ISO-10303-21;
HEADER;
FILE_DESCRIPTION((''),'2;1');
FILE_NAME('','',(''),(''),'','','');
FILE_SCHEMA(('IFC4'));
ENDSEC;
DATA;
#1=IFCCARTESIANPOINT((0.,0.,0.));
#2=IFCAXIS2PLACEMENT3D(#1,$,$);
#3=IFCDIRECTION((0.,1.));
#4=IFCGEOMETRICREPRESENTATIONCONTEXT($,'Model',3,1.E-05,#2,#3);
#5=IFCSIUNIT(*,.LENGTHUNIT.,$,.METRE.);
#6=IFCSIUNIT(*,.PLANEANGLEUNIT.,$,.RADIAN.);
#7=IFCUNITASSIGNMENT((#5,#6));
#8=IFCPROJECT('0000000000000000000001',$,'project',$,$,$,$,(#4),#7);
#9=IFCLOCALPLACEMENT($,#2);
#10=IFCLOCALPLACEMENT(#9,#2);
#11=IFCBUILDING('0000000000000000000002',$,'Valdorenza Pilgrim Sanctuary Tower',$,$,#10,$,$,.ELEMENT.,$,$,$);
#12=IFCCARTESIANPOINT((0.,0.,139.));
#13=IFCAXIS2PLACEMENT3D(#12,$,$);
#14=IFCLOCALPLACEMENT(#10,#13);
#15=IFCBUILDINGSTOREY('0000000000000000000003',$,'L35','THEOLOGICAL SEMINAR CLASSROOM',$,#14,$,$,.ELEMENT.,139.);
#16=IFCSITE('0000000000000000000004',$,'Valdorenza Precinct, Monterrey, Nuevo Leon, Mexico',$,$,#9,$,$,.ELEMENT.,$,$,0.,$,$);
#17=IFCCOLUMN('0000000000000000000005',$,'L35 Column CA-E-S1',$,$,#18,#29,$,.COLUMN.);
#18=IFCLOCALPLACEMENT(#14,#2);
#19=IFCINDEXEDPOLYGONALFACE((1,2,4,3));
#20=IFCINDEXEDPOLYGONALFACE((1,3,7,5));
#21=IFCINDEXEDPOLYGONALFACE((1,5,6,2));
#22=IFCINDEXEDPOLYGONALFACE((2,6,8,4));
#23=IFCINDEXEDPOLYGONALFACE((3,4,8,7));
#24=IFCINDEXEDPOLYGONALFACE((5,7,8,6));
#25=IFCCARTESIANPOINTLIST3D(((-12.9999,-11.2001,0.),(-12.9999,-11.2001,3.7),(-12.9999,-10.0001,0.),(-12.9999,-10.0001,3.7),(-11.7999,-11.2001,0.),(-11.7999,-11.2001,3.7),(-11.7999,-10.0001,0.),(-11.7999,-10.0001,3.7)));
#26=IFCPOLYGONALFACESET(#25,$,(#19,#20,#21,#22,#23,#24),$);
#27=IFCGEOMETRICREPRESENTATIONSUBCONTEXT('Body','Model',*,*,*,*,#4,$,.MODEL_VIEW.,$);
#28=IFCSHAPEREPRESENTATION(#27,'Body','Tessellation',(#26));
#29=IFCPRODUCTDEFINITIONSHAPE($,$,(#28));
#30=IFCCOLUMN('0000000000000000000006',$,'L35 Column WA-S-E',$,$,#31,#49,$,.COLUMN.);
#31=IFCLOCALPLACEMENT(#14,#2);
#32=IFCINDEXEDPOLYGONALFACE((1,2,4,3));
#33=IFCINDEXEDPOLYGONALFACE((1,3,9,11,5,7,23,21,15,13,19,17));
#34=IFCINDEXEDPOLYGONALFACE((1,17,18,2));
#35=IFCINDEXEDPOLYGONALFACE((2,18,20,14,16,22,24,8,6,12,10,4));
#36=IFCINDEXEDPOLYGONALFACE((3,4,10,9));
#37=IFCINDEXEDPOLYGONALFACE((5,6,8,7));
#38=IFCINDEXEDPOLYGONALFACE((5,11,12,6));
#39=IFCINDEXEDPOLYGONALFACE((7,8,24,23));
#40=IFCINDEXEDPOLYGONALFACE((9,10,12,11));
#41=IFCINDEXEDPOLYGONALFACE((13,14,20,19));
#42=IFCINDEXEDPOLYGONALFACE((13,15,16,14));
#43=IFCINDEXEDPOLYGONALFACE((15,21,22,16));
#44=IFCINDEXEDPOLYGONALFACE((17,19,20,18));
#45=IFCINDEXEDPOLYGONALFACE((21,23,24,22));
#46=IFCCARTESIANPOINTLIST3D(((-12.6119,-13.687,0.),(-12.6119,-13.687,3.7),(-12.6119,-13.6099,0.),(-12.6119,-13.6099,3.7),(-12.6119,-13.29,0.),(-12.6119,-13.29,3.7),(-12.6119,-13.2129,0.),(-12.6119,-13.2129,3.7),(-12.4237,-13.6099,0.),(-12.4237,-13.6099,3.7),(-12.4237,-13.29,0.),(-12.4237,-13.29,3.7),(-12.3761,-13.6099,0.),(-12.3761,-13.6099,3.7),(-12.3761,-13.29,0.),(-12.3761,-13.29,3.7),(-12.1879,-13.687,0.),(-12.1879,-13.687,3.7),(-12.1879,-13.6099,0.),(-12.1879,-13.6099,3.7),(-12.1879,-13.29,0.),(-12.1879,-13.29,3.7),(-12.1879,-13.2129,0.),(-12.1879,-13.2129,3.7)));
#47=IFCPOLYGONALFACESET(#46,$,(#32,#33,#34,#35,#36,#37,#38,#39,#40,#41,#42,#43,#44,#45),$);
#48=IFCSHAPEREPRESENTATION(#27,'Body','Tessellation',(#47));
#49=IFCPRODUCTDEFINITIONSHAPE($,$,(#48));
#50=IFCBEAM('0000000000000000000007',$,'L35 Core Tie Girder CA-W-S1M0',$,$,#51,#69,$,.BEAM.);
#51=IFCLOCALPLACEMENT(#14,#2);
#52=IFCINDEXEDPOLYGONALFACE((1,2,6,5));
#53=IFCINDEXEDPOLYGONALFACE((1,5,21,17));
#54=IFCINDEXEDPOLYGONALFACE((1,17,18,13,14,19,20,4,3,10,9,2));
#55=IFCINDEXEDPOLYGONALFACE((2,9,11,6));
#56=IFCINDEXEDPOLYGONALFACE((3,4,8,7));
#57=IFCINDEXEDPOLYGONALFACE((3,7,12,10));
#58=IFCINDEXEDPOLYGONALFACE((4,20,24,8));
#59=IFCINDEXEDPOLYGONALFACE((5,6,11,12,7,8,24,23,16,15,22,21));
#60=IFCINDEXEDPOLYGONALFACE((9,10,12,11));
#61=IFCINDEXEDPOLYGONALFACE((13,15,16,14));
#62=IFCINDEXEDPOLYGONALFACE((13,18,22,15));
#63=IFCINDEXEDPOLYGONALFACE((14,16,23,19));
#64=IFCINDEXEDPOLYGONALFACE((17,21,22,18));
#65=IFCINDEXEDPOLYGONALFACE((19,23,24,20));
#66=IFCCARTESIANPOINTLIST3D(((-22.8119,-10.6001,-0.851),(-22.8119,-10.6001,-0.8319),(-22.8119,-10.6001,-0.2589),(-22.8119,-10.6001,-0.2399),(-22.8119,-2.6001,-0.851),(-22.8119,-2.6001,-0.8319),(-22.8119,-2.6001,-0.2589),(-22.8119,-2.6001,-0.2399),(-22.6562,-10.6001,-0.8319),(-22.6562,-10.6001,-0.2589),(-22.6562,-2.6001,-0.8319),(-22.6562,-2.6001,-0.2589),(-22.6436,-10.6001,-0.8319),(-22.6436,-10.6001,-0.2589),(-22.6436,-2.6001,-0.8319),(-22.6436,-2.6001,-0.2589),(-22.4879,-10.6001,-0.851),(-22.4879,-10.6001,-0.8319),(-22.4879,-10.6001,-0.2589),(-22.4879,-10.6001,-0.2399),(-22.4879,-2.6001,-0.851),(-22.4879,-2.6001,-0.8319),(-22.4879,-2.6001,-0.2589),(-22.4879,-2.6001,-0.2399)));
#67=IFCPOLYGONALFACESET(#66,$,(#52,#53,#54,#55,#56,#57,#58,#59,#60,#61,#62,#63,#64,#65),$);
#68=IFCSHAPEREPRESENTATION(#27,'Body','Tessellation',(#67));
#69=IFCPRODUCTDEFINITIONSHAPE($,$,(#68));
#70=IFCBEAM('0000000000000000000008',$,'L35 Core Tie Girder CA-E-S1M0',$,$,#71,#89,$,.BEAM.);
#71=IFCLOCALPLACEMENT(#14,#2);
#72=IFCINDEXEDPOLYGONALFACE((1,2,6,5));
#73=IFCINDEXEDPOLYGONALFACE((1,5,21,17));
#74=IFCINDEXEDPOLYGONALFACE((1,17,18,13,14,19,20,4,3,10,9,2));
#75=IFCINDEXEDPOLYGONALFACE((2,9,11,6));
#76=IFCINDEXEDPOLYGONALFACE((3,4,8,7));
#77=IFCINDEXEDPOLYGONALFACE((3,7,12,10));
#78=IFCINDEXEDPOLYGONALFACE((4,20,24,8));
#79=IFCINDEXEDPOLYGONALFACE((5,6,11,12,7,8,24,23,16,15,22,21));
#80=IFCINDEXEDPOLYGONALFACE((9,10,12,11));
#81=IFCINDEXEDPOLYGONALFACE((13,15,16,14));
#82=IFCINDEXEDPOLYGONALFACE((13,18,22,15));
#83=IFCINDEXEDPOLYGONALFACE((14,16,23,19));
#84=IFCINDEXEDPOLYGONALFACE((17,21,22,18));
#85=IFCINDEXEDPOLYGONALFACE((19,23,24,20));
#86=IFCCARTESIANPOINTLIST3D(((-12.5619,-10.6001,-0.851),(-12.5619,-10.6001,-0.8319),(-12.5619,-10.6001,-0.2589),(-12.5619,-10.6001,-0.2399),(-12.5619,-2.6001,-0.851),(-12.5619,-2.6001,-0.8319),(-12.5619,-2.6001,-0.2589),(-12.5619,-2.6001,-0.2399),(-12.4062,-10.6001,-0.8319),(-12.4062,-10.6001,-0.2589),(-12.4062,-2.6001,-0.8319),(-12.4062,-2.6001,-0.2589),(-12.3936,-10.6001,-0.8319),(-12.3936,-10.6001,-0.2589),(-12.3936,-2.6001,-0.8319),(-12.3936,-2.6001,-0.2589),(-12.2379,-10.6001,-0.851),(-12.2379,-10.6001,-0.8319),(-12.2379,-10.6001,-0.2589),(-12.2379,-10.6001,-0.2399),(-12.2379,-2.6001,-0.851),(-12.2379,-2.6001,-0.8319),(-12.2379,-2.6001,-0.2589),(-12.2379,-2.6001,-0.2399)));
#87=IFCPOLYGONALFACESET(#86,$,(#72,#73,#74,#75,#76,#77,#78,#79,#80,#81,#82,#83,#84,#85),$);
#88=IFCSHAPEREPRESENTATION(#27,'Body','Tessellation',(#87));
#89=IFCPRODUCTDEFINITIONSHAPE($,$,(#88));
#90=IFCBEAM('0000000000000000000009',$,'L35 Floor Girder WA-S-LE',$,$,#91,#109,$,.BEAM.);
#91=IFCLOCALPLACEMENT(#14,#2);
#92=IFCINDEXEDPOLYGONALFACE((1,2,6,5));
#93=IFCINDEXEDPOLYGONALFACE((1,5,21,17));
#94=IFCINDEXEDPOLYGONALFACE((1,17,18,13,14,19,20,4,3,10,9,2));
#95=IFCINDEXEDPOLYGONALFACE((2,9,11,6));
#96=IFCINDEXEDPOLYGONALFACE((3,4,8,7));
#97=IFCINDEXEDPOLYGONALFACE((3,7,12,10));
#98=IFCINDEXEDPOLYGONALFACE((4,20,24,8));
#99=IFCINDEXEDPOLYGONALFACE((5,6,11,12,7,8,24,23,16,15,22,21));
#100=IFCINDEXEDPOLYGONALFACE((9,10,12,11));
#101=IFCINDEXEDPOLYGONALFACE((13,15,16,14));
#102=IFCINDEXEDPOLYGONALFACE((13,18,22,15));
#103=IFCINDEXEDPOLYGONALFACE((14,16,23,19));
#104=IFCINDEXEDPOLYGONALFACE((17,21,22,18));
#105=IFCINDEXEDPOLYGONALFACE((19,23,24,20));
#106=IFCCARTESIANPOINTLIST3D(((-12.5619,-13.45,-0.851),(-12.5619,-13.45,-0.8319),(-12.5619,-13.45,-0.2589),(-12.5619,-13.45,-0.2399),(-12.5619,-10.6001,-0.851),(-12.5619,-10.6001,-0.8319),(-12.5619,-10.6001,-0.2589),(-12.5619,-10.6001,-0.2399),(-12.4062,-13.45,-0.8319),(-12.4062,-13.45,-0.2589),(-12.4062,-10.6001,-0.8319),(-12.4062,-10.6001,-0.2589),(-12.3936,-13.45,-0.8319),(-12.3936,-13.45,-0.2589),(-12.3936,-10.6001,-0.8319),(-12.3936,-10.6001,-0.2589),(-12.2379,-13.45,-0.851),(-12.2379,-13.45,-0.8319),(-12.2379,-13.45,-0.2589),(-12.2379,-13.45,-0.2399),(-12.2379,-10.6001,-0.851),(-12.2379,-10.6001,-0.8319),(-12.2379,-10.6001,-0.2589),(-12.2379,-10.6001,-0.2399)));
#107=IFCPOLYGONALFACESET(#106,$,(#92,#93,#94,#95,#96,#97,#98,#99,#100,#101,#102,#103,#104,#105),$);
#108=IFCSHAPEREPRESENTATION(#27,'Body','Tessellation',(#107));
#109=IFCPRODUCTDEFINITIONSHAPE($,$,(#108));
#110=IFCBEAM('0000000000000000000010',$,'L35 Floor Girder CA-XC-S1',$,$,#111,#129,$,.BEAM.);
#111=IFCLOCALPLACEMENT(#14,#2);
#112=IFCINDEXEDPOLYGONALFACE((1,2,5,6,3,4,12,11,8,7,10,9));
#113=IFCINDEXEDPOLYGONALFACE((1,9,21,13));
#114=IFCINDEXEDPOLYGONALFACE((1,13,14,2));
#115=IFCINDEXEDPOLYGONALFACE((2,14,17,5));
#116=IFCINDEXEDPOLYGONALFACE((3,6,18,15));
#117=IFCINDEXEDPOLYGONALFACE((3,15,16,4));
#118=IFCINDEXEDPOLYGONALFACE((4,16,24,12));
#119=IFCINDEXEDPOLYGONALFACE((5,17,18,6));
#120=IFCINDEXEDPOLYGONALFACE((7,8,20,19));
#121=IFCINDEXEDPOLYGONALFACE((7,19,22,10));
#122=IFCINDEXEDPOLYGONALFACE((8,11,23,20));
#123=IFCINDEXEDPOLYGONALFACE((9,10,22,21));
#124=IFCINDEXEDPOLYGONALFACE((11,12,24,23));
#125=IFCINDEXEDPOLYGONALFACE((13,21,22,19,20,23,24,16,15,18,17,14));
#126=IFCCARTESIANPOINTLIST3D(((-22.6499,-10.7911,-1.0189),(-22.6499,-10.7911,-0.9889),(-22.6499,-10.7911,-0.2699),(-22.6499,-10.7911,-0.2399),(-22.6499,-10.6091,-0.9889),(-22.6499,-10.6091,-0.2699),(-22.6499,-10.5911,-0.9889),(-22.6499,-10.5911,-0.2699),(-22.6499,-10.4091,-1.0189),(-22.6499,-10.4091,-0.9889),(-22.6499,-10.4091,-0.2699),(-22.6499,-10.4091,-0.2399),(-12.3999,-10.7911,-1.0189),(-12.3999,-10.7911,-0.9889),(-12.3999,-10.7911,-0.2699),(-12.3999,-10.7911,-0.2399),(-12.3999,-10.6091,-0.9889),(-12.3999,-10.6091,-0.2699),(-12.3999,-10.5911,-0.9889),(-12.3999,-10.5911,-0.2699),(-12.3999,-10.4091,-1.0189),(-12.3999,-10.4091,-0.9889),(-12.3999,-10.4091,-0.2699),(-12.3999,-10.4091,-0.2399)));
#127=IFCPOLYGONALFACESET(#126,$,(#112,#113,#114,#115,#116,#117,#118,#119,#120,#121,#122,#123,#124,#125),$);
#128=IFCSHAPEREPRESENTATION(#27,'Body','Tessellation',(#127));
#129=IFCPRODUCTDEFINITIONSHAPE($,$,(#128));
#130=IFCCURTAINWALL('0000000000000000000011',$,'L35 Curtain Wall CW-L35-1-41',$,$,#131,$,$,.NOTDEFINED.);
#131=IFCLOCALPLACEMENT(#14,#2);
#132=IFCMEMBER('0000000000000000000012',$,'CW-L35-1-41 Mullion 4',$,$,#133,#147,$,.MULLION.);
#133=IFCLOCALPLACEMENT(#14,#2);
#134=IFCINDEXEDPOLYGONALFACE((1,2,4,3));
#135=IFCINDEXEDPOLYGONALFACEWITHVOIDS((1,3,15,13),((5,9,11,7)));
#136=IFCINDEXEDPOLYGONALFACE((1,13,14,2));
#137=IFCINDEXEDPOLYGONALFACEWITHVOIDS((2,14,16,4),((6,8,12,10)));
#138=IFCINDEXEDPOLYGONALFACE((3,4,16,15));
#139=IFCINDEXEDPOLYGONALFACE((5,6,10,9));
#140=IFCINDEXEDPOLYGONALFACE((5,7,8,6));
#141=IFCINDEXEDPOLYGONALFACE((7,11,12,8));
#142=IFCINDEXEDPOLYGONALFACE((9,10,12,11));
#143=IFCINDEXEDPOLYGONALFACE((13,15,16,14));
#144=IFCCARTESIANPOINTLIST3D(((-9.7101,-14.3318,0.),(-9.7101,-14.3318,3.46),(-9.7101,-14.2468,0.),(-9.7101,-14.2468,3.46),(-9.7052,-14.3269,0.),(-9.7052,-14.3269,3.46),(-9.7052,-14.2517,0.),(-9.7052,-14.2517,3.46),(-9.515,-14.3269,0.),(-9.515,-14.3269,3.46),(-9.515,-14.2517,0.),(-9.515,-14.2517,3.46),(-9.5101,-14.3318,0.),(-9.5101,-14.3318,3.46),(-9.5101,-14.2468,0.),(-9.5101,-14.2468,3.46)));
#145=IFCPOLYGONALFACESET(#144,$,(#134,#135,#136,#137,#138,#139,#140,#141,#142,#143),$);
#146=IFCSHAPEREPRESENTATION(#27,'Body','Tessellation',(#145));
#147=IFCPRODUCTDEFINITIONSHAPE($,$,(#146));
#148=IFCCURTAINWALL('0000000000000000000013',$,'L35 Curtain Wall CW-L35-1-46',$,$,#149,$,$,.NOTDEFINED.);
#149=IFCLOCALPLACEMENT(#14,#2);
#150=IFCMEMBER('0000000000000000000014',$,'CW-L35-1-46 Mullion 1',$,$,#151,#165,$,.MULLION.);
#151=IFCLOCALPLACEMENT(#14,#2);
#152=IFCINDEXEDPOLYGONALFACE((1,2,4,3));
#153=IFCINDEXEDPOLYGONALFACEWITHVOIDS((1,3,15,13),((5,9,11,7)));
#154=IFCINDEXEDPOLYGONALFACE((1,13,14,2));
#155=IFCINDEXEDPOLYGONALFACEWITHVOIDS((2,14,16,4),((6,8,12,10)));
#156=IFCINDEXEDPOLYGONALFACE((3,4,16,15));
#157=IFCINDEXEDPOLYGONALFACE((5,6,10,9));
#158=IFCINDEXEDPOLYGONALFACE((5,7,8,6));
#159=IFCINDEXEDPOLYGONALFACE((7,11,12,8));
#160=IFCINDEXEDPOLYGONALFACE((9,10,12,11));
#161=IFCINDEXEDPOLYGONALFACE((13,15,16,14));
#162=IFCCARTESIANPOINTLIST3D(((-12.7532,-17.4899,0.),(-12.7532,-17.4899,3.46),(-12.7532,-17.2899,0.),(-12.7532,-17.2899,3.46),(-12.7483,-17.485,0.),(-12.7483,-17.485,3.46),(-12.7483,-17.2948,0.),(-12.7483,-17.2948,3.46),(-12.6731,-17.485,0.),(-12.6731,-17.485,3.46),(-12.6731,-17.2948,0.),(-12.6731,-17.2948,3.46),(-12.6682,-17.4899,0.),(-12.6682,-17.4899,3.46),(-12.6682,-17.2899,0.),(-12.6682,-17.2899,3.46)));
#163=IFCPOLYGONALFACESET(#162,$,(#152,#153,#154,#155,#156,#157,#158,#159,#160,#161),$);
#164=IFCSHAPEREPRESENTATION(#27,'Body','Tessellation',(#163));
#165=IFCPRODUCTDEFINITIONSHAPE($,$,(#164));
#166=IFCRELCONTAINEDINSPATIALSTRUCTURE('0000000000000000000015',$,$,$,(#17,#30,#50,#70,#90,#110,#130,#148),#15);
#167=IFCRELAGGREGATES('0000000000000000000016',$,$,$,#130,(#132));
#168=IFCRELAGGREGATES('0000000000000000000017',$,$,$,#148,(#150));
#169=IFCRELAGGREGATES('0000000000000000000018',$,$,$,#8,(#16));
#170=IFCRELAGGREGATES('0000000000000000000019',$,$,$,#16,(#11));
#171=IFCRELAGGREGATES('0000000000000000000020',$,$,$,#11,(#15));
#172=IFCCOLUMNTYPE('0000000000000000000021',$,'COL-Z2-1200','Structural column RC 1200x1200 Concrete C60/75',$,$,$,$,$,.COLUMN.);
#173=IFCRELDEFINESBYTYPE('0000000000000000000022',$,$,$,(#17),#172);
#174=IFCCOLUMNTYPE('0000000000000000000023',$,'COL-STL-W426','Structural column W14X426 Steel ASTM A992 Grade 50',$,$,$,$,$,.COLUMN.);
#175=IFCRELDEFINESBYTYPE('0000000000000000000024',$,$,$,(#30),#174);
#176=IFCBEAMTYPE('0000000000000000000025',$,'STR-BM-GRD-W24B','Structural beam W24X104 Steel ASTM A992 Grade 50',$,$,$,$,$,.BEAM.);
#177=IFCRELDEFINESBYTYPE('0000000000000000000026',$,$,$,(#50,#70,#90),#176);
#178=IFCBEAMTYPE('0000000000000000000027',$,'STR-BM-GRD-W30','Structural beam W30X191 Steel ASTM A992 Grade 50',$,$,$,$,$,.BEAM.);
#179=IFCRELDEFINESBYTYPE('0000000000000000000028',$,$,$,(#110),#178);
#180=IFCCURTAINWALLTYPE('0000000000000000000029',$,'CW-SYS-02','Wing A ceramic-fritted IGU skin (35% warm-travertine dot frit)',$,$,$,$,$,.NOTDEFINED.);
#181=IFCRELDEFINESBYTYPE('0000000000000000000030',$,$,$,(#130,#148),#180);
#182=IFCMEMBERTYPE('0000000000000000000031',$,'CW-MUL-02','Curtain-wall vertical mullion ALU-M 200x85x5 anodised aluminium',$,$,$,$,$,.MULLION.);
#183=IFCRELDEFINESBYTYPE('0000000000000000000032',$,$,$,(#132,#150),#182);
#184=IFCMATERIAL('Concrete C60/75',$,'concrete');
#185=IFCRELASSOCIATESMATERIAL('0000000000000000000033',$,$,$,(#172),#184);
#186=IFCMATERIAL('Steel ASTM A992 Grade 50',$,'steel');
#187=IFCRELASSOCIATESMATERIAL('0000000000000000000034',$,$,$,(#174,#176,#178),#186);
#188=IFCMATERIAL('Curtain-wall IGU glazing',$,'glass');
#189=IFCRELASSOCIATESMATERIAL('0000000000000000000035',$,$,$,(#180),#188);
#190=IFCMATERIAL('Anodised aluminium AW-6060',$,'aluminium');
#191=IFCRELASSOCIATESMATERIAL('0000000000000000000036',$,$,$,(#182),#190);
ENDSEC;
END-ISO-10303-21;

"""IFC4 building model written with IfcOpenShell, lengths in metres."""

from ifc_helpers import new_model, si_unit, direction, frame, origin, origin_2d, place, context, subcontext, project, spatial, rectangle, hollow_rectangle, i_section, extrude, source, transform, mapped, material, material_profile, profile_set, type_object, element, aggregate, save


model = new_model("IFC4")

# Units and contexts
model_context = context("Model", 3, precision=1e-05, world=origin(), true_north=direction((0.0, 1.0)))
body_context = subcontext(model_context, "Body", "Model", "MODEL_VIEW")
ifc_project = project(units=[si_unit("LENGTHUNIT", "METRE"), si_unit("PLANEANGLEUNIT", "RADIAN")], contexts=[model_context])

# Site, building, storey
site_placement = place(None, origin())
site = spatial("IfcSite", under=ifc_project, at=site_placement, Name="Valdorenza Precinct, Monterrey, Nuevo Leon, Mexico", CompositionType="ELEMENT", RefElevation=0.0)
building_placement = place(site_placement, origin())
building = spatial("IfcBuilding", under=site, at=building_placement, Name="Valdorenza Pilgrim Sanctuary Tower", CompositionType="ELEMENT")
storey_placement = place(building_placement, frame((0.0, 0.0, 139.0)))
storey = spatial("IfcBuildingStorey", under=building, at=storey_placement, Name="L35", Description="THEOLOGICAL SEMINAR CLASSROOM", CompositionType="ELEMENT", Elevation=139.0)

# Columns
ifc_material_1 = material(Name="Concrete C60/75", Category="concrete")
ifc_material_profile_1 = material_profile(ifc_material_1, rectangle(XDim=1.2, YDim=1.2, at=origin_2d()), Name="RC 1200x1200")
ifc_profile_set_1 = profile_set([ifc_material_profile_1], Name="Concrete C60/75")
column_type_1 = type_object("IfcColumnType", Name="COL-Z2-1200", Description="Structural column RC 1200x1200 Concrete C60/75", PredefinedType="COLUMN", material=ifc_profile_set_1)
shared_shape_1 = source(origin(), body_context, "Body", "SweptSolid", [
    extrude(rectangle(XDim=1.2, YDim=1.2, at=origin_2d()), origin(), (0.0, 0.0, 1.0), 3.7),
])
column_1_placement = place(storey_placement, frame((-12.3999, -10.6001, 0.0), z_axis=(0.0, 0.0, 1.0), x_axis=(1.0, 0.0, 0.0)))
element("IfcColumn", 1, at=column_1_placement, inside=storey, type_object=column_type_1, Name="L35 Column CA-E-S1", PredefinedType="COLUMN", context=body_context, shape_type="MappedRepresentation", body=[
    mapped(shared_shape_1, transform((0.0, 0.0, 0.0), x_axis=(1.0, 0.0, 0.0), y_axis=(0.0, 1.0, 0.0), z_axis=(0.0, 0.0, 1.0), scale=1.0)),
])
ifc_material_2 = material(Name="Steel ASTM A992 Grade 50", Category="steel")
ifc_material_profile_2 = material_profile(ifc_material_2, i_section(OverallWidth=0.4241, OverallDepth=0.4741, WebThickness=0.0476, FlangeThickness=0.0771, at=origin_2d()), Name="W14X426")
ifc_profile_set_2 = profile_set([ifc_material_profile_2], Name="Steel ASTM A992 Grade 50")
column_type_2 = type_object("IfcColumnType", Name="COL-STL-W426", Description="Structural column W14X426 Steel ASTM A992 Grade 50", PredefinedType="COLUMN", material=ifc_profile_set_2)
shared_shape_2 = source(origin(), body_context, "Body", "SweptSolid", [
    extrude(i_section(OverallWidth=0.4241, OverallDepth=0.4741, WebThickness=0.0476, FlangeThickness=0.0771, at=origin_2d()), origin(), (0.0, 0.0, 1.0), 3.7),
])
column_2_placement = place(storey_placement, frame((-12.3999, -13.45, 0.0), z_axis=(0.0, 0.0, 1.0), x_axis=(1.0, 0.0, 0.0)))
element("IfcColumn", 2, at=column_2_placement, inside=storey, type_object=column_type_2, Name="L35 Column WA-S-E", PredefinedType="COLUMN", context=body_context, shape_type="MappedRepresentation", body=[
    mapped(shared_shape_2, transform((0.0, 0.0, 0.0), x_axis=(1.0, 0.0, 0.0), y_axis=(0.0, 1.0, 0.0), z_axis=(0.0, 0.0, 1.0), scale=1.0)),
])

# Beams
ifc_material_profile_3 = material_profile(ifc_material_2, i_section(OverallWidth=0.324, OverallDepth=0.6111, WebThickness=0.0127, FlangeThickness=0.019, at=origin_2d()), Name="W24X104")
ifc_profile_set_3 = profile_set([ifc_material_profile_3], Name="Steel ASTM A992 Grade 50")
beam_type_1 = type_object("IfcBeamType", Name="STR-BM-GRD-W24B", Description="Structural beam W24X104 Steel ASTM A992 Grade 50", PredefinedType="BEAM", material=ifc_profile_set_3)
shared_shape_3 = source(origin(), body_context, "Body", "SweptSolid", [
    extrude(i_section(OverallWidth=0.324, OverallDepth=0.6111, WebThickness=0.0127, FlangeThickness=0.019, at=origin_2d()), origin(), (0.0, 0.0, 1.0), 8.0),
])
for number, where, z_axis, x_axis, name in (
    (3, (-22.6499, -10.6001, -0.5454), (0.0, 1.0, 0.0), (-1.0, 0.0, 0.0), "L35 Core Tie Girder CA-W-S1M0"),
    (4, (-12.3999, -10.6001, -0.5454), (0.0, 1.0, 0.0), (-1.0, 0.0, 0.0), "L35 Core Tie Girder CA-E-S1M0"),
):
    element("IfcBeam", number, at=place(storey_placement, frame(where, z_axis=z_axis, x_axis=x_axis)), inside=storey, type_object=beam_type_1, Name=name, PredefinedType="BEAM", context=body_context, shape_type="MappedRepresentation", body=[
        mapped(shared_shape_3, transform((0.0, 0.0, 0.0), x_axis=(1.0, 0.0, 0.0), y_axis=(0.0, 1.0, 0.0), z_axis=(0.0, 0.0, 1.0), scale=1.0)),
    ])
shared_shape_4 = source(origin(), body_context, "Body", "SweptSolid", [
    extrude(i_section(OverallWidth=0.324, OverallDepth=0.6111, WebThickness=0.0127, FlangeThickness=0.019, at=origin_2d()), origin(), (0.0, 0.0, 1.0), 2.8499),
])
beam_1_placement = place(storey_placement, frame((-12.3999, -13.45, -0.5454), z_axis=(0.0, 1.0, 0.0), x_axis=(-1.0, 0.0, 0.0)))
element("IfcBeam", 5, at=beam_1_placement, inside=storey, type_object=beam_type_1, Name="L35 Floor Girder WA-S-LE", PredefinedType="BEAM", context=body_context, shape_type="MappedRepresentation", body=[
    mapped(shared_shape_4, transform((0.0, 0.0, 0.0), x_axis=(1.0, 0.0, 0.0), y_axis=(0.0, 1.0, 0.0), z_axis=(0.0, 0.0, 1.0), scale=1.0)),
])
ifc_material_profile_4 = material_profile(ifc_material_2, i_section(OverallWidth=0.3821, OverallDepth=0.7791, WebThickness=0.0181, FlangeThickness=0.03, at=origin_2d()), Name="W30X191")
ifc_profile_set_4 = profile_set([ifc_material_profile_4], Name="Steel ASTM A992 Grade 50")
beam_type_2 = type_object("IfcBeamType", Name="STR-BM-GRD-W30", Description="Structural beam W30X191 Steel ASTM A992 Grade 50", PredefinedType="BEAM", material=ifc_profile_set_4)
shared_shape_5 = source(origin(), body_context, "Body", "SweptSolid", [
    extrude(i_section(OverallWidth=0.3821, OverallDepth=0.7791, WebThickness=0.0181, FlangeThickness=0.03, at=origin_2d()), origin(), (0.0, 0.0, 1.0), 10.25),
])
beam_2_placement = place(storey_placement, frame((-22.6499, -10.6001, -0.6294), z_axis=(1.0, 0.0, 0.0), x_axis=(0.0, 1.0, 0.0)))
element("IfcBeam", 6, at=beam_2_placement, inside=storey, type_object=beam_type_2, Name="L35 Floor Girder CA-XC-S1", PredefinedType="BEAM", context=body_context, shape_type="MappedRepresentation", body=[
    mapped(shared_shape_5, transform((0.0, 0.0, 0.0), x_axis=(1.0, 0.0, 0.0), y_axis=(0.0, 1.0, 0.0), z_axis=(0.0, 0.0, 1.0), scale=1.0)),
])

# Curtain wall, member
ifc_material_3 = material(Name="Curtain-wall IGU glazing", Category="glass")
curtain_wall_type = type_object("IfcCurtainWallType", Name="CW-SYS-02", Description="Wing A ceramic-fritted IGU skin (35% warm-travertine dot frit)", PredefinedType="NOTDEFINED", material=ifc_material_3)
curtain_wall_1_placement = place(storey_placement, origin())
curtain_wall_1 = element("IfcCurtainWall", 7, at=curtain_wall_1_placement, inside=storey, type_object=curtain_wall_type, Name="L35 Curtain Wall CW-L35-1-41", PredefinedType="NOTDEFINED")
ifc_material_4 = material(Name="Anodised aluminium AW-6060", Category="aluminium")
ifc_material_profile_5 = material_profile(ifc_material_4, hollow_rectangle(XDim=0.085, YDim=0.2, WallThickness=0.0049, at=origin_2d()), Name="ALU-M 200x85x5")
ifc_profile_set_5 = profile_set([ifc_material_profile_5], Name="Anodised aluminium AW-6060")
member_type_1 = type_object("IfcMemberType", Name="CW-MUL-02", Description="Curtain-wall vertical mullion ALU-M 200x85x5 anodised aluminium", PredefinedType="MULLION", material=ifc_profile_set_5)
shared_shape_6 = source(origin(), body_context, "Body", "SweptSolid", [
    extrude(hollow_rectangle(XDim=0.085, YDim=0.2, WallThickness=0.0049, at=origin_2d()), origin(), (0.0, 0.0, 1.0), 3.46),
])
member_1_placement = place(storey_placement, frame((-9.6101, -14.2893, 0.0), z_axis=(0.0, 0.0, 1.0), x_axis=(0.0, -1.0, 0.0)))
member_1 = element("IfcMember", 8, at=member_1_placement, type_object=member_type_1, Name="CW-L35-1-41 Mullion 4", PredefinedType="MULLION", context=body_context, shape_type="MappedRepresentation", body=[
    mapped(shared_shape_6, transform((0.0, 0.0, 0.0), x_axis=(1.0, 0.0, 0.0), y_axis=(0.0, 1.0, 0.0), z_axis=(0.0, 0.0, 1.0), scale=1.0)),
])

# Curtain wall, member
curtain_wall_2_placement = place(storey_placement, origin())
curtain_wall_2 = element("IfcCurtainWall", 9, at=curtain_wall_2_placement, inside=storey, type_object=curtain_wall_type, Name="L35 Curtain Wall CW-L35-1-46", PredefinedType="NOTDEFINED")
member_2_placement = place(storey_placement, frame((-12.7107, -17.3899, 0.0), z_axis=(0.0, 0.0, 1.0), x_axis=(-1.0, 0.0, 0.0)))
member_2 = element("IfcMember", 10, at=member_2_placement, type_object=member_type_1, Name="CW-L35-1-46 Mullion 1", PredefinedType="MULLION", context=body_context, shape_type="MappedRepresentation", body=[
    mapped(shared_shape_6, transform((0.0, 0.0, 0.0), x_axis=(1.0, 0.0, 0.0), y_axis=(0.0, 1.0, 0.0), z_axis=(0.0, 0.0, 1.0), scale=1.0)),
])

aggregate(curtain_wall_1, [member_1])
aggregate(curtain_wall_2, [member_2])

save(model, "model.ifc")
